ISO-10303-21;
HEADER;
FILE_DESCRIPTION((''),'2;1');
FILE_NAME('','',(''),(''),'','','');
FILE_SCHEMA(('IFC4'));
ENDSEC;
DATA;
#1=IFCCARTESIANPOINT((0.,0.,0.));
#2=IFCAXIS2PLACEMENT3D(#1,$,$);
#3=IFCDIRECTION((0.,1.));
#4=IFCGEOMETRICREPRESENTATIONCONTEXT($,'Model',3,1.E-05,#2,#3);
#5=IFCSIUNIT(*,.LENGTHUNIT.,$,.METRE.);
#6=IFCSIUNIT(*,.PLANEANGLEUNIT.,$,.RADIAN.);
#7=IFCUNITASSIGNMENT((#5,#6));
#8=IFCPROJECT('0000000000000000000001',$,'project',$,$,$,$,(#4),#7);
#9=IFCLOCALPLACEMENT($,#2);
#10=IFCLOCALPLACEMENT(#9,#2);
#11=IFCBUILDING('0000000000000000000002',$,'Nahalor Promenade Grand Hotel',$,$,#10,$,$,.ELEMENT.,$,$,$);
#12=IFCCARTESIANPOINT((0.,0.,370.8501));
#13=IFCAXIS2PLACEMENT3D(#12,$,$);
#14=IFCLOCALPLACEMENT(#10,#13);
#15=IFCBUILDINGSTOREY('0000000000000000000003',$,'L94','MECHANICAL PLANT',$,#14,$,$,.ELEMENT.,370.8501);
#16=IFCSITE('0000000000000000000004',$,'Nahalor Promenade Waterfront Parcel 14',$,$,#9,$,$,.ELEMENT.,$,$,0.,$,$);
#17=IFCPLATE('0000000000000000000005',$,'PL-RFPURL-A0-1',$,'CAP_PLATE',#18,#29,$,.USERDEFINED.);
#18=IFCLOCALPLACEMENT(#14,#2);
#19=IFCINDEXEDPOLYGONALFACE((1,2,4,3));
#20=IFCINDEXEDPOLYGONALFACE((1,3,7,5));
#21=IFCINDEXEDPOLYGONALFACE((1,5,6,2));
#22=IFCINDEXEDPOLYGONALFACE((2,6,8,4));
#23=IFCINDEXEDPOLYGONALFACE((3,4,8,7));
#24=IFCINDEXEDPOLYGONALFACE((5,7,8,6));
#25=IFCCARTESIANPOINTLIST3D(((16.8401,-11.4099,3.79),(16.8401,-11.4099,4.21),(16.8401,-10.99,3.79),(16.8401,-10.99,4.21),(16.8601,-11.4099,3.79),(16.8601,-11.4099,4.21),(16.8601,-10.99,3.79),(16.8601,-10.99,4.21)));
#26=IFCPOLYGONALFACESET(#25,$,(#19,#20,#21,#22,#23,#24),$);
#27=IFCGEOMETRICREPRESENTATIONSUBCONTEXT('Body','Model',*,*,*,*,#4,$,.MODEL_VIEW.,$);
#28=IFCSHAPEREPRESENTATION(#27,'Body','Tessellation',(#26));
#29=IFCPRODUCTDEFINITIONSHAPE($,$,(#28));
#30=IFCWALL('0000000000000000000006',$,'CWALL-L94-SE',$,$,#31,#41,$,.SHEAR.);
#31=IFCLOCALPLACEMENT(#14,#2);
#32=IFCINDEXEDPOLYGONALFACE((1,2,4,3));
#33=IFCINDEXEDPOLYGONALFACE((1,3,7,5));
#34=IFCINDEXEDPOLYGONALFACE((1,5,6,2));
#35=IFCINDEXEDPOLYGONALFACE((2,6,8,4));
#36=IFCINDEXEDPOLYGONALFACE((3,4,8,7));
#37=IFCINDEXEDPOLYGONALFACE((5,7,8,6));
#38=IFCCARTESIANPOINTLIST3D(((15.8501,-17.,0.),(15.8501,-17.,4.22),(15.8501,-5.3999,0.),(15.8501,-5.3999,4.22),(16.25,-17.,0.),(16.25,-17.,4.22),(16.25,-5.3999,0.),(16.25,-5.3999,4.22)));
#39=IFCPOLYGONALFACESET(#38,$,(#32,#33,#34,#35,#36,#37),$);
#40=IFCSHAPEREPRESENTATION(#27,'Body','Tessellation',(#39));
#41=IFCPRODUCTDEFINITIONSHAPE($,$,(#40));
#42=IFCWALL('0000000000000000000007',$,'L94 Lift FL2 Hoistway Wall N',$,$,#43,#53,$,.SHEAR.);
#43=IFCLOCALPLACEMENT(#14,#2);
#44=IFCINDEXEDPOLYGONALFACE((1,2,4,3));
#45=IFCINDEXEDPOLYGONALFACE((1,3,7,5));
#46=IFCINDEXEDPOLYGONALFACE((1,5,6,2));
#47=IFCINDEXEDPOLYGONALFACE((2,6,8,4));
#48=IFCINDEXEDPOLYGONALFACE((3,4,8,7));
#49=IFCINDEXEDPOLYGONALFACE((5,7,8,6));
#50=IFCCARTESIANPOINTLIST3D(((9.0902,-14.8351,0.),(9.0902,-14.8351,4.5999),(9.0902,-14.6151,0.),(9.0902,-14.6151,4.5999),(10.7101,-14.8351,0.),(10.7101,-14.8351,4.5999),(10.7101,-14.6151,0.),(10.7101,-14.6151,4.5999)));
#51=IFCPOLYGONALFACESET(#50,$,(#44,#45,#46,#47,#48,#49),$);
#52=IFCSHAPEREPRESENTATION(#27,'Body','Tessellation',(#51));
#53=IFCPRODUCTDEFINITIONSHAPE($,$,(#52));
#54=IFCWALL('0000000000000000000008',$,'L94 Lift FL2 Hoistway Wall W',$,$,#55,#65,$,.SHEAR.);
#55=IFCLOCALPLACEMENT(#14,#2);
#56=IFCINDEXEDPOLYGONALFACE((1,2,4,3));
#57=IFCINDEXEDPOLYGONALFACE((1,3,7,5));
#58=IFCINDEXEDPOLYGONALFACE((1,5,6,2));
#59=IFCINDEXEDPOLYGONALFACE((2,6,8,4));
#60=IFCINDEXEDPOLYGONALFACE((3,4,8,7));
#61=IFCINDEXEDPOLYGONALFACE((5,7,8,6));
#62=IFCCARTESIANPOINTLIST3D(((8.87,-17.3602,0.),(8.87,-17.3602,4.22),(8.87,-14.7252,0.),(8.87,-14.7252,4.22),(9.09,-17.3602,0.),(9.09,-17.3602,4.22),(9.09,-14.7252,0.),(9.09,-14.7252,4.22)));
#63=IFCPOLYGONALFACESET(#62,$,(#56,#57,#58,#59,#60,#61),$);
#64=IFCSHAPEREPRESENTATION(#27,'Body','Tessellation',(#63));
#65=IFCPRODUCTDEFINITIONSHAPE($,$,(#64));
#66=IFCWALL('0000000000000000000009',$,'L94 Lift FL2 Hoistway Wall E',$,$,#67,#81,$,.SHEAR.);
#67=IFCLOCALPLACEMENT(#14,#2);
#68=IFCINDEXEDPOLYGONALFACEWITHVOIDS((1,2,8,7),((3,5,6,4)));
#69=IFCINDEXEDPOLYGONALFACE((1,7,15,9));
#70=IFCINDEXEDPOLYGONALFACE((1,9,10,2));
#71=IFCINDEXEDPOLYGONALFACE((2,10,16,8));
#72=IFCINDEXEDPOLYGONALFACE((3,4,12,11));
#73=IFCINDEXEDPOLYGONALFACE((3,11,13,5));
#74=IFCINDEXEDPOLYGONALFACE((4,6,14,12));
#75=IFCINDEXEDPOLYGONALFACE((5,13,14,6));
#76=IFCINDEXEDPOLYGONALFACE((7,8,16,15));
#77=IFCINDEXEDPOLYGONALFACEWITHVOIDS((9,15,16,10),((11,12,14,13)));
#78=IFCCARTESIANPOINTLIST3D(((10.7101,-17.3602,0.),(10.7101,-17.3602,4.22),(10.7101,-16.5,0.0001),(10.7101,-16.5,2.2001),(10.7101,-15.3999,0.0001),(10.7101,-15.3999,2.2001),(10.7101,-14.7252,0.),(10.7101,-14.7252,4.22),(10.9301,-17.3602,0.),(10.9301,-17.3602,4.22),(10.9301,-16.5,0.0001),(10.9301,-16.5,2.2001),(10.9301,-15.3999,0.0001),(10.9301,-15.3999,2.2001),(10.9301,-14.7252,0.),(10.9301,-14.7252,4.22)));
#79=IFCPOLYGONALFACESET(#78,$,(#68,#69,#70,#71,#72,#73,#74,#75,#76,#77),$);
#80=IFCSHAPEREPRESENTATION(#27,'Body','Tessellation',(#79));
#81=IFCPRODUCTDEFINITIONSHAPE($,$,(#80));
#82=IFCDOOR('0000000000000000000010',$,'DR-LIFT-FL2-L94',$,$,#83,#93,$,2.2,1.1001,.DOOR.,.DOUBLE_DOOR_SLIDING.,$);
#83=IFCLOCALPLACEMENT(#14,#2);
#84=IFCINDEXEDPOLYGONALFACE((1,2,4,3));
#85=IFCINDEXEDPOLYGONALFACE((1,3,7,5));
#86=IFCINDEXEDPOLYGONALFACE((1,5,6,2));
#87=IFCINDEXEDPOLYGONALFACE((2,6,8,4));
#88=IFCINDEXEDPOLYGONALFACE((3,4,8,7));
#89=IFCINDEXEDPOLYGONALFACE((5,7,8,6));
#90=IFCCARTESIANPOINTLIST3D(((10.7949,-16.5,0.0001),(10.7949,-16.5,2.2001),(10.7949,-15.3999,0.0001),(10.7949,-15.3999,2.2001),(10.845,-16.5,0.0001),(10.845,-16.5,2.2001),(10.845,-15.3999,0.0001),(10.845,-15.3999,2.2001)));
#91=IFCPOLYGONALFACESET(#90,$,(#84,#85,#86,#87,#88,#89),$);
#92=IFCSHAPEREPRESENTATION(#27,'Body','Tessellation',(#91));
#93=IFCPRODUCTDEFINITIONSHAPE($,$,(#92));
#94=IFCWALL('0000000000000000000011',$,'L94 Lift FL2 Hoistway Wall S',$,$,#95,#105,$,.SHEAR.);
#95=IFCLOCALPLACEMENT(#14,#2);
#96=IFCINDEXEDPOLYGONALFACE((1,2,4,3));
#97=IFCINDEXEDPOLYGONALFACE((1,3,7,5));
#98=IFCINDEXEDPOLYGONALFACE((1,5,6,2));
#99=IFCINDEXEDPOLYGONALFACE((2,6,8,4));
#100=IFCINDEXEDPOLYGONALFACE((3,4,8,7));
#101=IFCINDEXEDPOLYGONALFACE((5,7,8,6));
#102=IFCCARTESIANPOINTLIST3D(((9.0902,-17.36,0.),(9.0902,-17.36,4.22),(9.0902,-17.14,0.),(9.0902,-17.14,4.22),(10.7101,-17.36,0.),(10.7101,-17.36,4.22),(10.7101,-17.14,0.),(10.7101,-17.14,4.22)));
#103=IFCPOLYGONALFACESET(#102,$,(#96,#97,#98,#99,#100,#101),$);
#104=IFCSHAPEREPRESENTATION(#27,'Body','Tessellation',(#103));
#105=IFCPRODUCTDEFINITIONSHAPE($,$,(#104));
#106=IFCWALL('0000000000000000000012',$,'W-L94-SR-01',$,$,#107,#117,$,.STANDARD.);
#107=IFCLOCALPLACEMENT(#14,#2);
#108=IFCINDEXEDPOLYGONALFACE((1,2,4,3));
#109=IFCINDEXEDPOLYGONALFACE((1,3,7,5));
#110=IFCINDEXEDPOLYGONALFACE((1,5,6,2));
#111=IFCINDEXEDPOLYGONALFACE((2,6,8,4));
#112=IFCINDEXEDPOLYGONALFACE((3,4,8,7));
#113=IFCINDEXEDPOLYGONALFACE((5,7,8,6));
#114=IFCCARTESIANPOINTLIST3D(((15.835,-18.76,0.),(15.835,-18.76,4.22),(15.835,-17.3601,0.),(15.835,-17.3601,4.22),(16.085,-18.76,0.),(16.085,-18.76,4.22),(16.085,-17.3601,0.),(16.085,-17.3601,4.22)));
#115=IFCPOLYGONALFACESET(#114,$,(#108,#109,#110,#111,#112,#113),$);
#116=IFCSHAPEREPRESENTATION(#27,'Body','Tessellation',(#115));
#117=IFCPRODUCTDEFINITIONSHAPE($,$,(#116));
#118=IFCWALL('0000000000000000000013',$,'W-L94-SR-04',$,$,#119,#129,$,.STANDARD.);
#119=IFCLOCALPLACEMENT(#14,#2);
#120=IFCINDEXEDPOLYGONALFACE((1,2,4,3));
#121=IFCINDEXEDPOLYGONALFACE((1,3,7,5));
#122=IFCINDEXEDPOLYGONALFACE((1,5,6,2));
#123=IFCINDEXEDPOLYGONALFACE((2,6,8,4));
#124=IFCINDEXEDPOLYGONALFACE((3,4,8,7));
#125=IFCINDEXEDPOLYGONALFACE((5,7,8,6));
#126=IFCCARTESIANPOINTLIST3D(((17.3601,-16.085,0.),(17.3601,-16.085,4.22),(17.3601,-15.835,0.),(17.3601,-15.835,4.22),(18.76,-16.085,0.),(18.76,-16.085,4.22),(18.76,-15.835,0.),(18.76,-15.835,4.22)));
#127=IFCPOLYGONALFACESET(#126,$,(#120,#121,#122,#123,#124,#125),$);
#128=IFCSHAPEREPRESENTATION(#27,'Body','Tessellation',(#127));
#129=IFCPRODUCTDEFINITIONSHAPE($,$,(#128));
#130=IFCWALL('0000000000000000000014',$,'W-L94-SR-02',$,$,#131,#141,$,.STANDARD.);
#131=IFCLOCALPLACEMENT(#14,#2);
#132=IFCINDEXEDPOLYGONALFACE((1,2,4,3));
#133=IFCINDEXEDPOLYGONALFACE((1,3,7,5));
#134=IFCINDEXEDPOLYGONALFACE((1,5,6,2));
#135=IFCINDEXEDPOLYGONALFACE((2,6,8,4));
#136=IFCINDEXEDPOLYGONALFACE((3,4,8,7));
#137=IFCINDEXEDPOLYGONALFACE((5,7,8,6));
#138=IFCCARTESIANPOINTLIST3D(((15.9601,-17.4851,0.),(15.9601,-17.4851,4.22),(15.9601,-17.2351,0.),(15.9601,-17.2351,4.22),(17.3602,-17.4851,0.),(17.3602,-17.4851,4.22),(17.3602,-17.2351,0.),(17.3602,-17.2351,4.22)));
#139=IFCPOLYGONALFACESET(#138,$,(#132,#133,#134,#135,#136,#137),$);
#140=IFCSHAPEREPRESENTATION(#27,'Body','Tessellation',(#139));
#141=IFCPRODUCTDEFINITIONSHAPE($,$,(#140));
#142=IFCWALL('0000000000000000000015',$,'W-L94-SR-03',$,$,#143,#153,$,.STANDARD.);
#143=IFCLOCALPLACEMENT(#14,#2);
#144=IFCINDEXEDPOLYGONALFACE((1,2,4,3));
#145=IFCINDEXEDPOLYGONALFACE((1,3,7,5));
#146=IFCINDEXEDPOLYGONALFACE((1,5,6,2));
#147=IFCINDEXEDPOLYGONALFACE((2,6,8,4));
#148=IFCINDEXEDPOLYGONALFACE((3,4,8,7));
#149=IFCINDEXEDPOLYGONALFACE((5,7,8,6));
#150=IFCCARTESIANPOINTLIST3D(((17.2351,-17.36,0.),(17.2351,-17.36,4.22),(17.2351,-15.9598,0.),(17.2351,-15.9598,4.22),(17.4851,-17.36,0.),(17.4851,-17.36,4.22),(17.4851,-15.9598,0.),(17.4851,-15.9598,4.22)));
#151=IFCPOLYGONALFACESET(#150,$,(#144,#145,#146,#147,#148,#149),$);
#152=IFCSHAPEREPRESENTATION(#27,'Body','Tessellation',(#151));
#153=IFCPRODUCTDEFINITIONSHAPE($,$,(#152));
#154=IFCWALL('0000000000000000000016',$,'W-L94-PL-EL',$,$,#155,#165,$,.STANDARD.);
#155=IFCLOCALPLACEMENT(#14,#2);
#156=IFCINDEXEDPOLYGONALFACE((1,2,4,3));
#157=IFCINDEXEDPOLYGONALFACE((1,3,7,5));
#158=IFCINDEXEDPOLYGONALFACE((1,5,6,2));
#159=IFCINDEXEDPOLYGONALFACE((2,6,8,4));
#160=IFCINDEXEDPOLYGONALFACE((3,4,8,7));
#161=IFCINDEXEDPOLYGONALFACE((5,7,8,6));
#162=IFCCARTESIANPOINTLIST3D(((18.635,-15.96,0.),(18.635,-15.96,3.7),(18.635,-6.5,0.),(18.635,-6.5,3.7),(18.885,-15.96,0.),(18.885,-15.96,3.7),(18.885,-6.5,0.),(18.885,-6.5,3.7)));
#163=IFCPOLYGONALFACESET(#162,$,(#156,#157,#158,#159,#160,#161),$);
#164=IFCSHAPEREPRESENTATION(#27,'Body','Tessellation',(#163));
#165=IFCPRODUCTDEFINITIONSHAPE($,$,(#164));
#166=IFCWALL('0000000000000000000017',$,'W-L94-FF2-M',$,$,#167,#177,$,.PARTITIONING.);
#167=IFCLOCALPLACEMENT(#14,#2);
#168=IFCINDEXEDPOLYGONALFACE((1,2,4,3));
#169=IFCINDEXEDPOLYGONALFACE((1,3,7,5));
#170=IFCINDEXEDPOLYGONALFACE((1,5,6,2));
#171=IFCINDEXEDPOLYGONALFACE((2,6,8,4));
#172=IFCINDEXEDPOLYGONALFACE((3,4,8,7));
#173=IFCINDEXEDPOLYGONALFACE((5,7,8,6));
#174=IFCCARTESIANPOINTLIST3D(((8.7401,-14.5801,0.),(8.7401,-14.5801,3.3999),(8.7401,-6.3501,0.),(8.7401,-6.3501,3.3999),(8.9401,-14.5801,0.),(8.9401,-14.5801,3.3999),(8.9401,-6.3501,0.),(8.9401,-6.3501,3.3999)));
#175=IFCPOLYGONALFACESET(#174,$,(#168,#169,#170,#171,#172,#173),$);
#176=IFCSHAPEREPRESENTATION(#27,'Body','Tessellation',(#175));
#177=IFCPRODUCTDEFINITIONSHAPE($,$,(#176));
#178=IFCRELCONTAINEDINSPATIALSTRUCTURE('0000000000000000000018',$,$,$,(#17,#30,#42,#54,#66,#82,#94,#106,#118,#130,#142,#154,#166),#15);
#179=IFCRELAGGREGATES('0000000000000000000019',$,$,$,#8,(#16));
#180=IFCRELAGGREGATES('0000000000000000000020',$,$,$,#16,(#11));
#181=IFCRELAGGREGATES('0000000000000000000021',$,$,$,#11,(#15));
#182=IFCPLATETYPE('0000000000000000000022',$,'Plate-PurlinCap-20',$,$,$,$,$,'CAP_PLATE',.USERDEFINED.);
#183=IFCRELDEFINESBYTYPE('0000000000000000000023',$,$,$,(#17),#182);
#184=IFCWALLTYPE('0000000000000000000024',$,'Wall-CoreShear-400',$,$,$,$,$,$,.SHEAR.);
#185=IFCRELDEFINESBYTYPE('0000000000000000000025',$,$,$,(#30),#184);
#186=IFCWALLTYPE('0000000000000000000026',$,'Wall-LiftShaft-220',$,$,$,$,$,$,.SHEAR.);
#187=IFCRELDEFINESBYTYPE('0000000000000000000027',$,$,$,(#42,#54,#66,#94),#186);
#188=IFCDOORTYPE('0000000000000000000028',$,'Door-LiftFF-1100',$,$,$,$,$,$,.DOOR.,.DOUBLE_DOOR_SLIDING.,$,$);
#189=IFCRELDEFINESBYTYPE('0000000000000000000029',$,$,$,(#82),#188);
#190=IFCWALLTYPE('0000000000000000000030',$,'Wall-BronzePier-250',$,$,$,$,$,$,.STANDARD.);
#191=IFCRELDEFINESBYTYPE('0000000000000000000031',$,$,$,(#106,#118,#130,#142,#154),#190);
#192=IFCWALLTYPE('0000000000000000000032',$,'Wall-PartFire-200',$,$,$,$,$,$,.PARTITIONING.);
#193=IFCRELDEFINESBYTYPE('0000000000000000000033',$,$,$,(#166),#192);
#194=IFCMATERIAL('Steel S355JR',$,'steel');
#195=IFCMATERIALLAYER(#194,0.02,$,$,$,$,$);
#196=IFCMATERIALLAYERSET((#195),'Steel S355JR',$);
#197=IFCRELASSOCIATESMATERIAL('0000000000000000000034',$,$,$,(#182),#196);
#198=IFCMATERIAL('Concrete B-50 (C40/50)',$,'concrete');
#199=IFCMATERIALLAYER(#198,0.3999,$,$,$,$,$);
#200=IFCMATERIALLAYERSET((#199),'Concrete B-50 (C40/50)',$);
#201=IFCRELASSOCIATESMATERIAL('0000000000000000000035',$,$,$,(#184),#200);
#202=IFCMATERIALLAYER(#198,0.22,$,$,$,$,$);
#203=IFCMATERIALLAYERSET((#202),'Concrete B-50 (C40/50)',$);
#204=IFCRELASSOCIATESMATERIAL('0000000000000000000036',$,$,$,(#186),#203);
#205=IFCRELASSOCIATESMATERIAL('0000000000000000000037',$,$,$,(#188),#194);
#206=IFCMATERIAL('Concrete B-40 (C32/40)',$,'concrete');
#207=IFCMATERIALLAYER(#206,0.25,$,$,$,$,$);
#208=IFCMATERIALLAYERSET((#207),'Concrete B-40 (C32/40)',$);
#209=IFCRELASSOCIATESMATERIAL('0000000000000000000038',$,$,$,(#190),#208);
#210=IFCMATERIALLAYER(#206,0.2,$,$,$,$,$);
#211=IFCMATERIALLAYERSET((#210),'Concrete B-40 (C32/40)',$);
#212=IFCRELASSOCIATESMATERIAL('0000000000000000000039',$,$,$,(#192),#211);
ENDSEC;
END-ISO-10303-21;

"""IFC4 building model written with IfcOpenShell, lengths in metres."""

from ifc_helpers import new_model, si_unit, direction, frame, frame_2d, origin, origin_2d, place, context, subcontext, project, spatial, rectangle, extrude, source, transform, mapped, material, layer, layer_set, type_object, element, fill, save


model = new_model("IFC4")

# Units and contexts
model_context = context("Model", 3, precision=1e-05, world=origin(), true_north=direction((0.0, 1.0)))
body_context = subcontext(model_context, "Body", "Model", "MODEL_VIEW")
ifc_project = project(units=[si_unit("LENGTHUNIT", "METRE"), si_unit("PLANEANGLEUNIT", "RADIAN")], contexts=[model_context])

# Site, building, storey
site_placement = place(None, origin())
site = spatial("IfcSite", under=ifc_project, at=site_placement, Name="Nahalor Promenade Waterfront Parcel 14", CompositionType="ELEMENT", RefElevation=0.0)
building_placement = place(site_placement, origin())
building = spatial("IfcBuilding", under=site, at=building_placement, Name="Nahalor Promenade Grand Hotel", CompositionType="ELEMENT")
storey_placement = place(building_placement, frame((0.0, 0.0, 370.8501)))
storey = spatial("IfcBuildingStorey", under=building, at=storey_placement, Name="L94", Description="MECHANICAL PLANT", CompositionType="ELEMENT", Elevation=370.8501)

# Shared definitions
ifc_material_1 = material(Name="Concrete B-50 (C40/50)", Category="concrete")

# Shared definitions
ifc_material_2 = material(Name="Steel S355JR", Category="steel")

# Plate
ifc_layer_1 = layer(ifc_material_2, 0.02)
ifc_layer_set_1 = layer_set([ifc_layer_1], Name="Steel S355JR")
plate_type = type_object("IfcPlateType", Name="Plate-PurlinCap-20", ElementType="CAP_PLATE", PredefinedType="USERDEFINED", material=ifc_layer_set_1)
shared_shape_1 = source(origin(), body_context, "Body", "SweptSolid", [
    extrude(rectangle(XDim=0.4199, YDim=0.02, at=origin_2d()), origin(), (0.0, 0.0, 1.0), 0.4199),
])
plate_placement = place(storey_placement, frame((16.8501, -11.2, 3.79), z_axis=(0.0, 0.0, 1.0), x_axis=(0.0, 1.0, 0.0)))
element("IfcPlate", 1, at=plate_placement, inside=storey, type_object=plate_type, Name="PL-RFPURL-A0-1", ObjectType="CAP_PLATE", PredefinedType="USERDEFINED", context=body_context, shape_type="MappedRepresentation", body=[
    mapped(shared_shape_1, transform((0.0, 0.0, 0.0), scale=1.0)),
])

# Walls
ifc_layer_2 = layer(ifc_material_1, 0.3999)
ifc_layer_set_2 = layer_set([ifc_layer_2], Name="Concrete B-50 (C40/50)")
wall_type_1 = type_object("IfcWallType", Name="Wall-CoreShear-400", PredefinedType="SHEAR", material=ifc_layer_set_2)
shared_shape_2 = source(origin(), body_context, "Body", "SweptSolid", [
    extrude(rectangle(XDim=11.6001, YDim=0.3999, at=frame_2d((5.8, 0.0))), origin(), (0.0, 0.0, 1.0), 4.22),
])
wall_1_placement = place(storey_placement, frame((16.05, -17.0, 0.0), z_axis=(0.0, 0.0, 1.0), x_axis=(0.0, 1.0, 0.0)))
element("IfcWall", 2, at=wall_1_placement, inside=storey, type_object=wall_type_1, Name="CWALL-L94-SE", PredefinedType="SHEAR", context=body_context, shape_type="MappedRepresentation", body=[
    mapped(shared_shape_2, transform((0.0, 0.0, 0.0), scale=1.0)),
])
ifc_layer_3 = layer(ifc_material_1, 0.22)
ifc_layer_set_3 = layer_set([ifc_layer_3], Name="Concrete B-50 (C40/50)")
wall_type_2 = type_object("IfcWallType", Name="Wall-LiftShaft-220", PredefinedType="SHEAR", material=ifc_layer_set_3)
shared_shape_3 = source(origin(), body_context, "Body", "SweptSolid", [
    extrude(rectangle(XDim=1.6199, YDim=0.22, at=frame_2d((0.8101, 0.0))), origin(), (0.0, 0.0, 1.0), 4.5999),
])
wall_2_placement = place(storey_placement, frame((9.0901, -14.7251, 0.0), z_axis=(0.0, 0.0, 1.0), x_axis=(1.0, 0.0, 0.0)))
element("IfcWall", 3, at=wall_2_placement, inside=storey, type_object=wall_type_2, Name="L94 Lift FL2 Hoistway Wall N", PredefinedType="SHEAR", context=body_context, shape_type="MappedRepresentation", body=[
    mapped(shared_shape_3, transform((0.0, 0.0, 0.0), scale=1.0)),
])
shared_shape_4 = source(origin(), body_context, "Body", "SweptSolid", [
    extrude(rectangle(XDim=2.635, YDim=0.22, at=frame_2d((1.3174, 0.0))), origin(), (0.0, 0.0, 1.0), 4.22),
])
wall_3_placement = place(storey_placement, frame((8.98, -17.3601, 0.0), z_axis=(0.0, 0.0, 1.0), x_axis=(0.0, 1.0, 0.0)))
element("IfcWall", 4, at=wall_3_placement, inside=storey, type_object=wall_type_2, Name="L94 Lift FL2 Hoistway Wall W", PredefinedType="SHEAR", context=body_context, shape_type="MappedRepresentation", body=[
    mapped(shared_shape_4, transform((0.0, 0.0, 0.0), scale=1.0)),
])

# Wall, opening, door
wall_4_placement = place(storey_placement, frame((10.8201, -17.3601, 0.0), z_axis=(0.0, 0.0, 1.0), x_axis=(0.0, 1.0, 0.0)))
wall_4 = element("IfcWall", 5, at=wall_4_placement, inside=storey, type_object=wall_type_2, Name="L94 Lift FL2 Hoistway Wall E", PredefinedType="SHEAR", context=body_context, shape_type="MappedRepresentation", body=[
    mapped(shared_shape_4, transform((0.0, 0.0, 0.0), scale=1.0)),
])
opening_1_placement = place(wall_4_placement, frame((0.8601, 0.0, 0.0)))
opening_1 = element("IfcOpeningElement", 6, at=opening_1_placement, cuts=wall_4, PredefinedType="OPENING", context=body_context, shape_type="SweptSolid", body=[
    extrude(rectangle(XDim=1.1001, YDim=2.2, at=frame_2d((0.55, 1.1001))), frame((0.0, 0.1199, 0.0), z_axis=(0.0, -1.0, 0.0), x_axis=(1.0, 0.0, 0.0)), (0.0, 0.0, 1.0), 0.24),
])
door_type_1 = type_object("IfcDoorType", Name="Door-LiftFF-1100", OperationType="DOUBLE_DOOR_SLIDING", PredefinedType="DOOR", material=ifc_material_2)
shared_shape_5 = source(origin(), body_context, "Body", "SweptSolid", [
    extrude(rectangle(XDim=1.1001, YDim=2.2, at=frame_2d((0.55, 1.1001))), frame((0.0, 0.0249, 0.0), z_axis=(0.0, -1.0, 0.0), x_axis=(1.0, 0.0, 0.0)), (0.0, 0.0, 1.0), 0.05),
])
door_1_placement = place(opening_1_placement, frame((1.1001, 0.0, 0.0), z_axis=(0.0, 0.0, 1.0), x_axis=(-1.0, 0.0, 0.0)))
door_1 = element("IfcDoor", 7, at=door_1_placement, inside=storey, type_object=door_type_1, Name="DR-LIFT-FL2-L94", OperationType="DOUBLE_DOOR_SLIDING", OverallHeight=2.2, OverallWidth=1.1001, PredefinedType="DOOR", context=body_context, shape_type="MappedRepresentation", body=[
    mapped(shared_shape_5, transform((0.0, 0.0, 0.0), scale=1.0)),
])
fill(opening_1, door_1)

# Walls
shared_shape_6 = source(origin(), body_context, "Body", "SweptSolid", [
    extrude(rectangle(XDim=1.6199, YDim=0.22, at=frame_2d((0.8101, 0.0))), origin(), (0.0, 0.0, 1.0), 4.22),
])
wall_5_placement = place(storey_placement, frame((9.0901, -17.25, 0.0), z_axis=(0.0, 0.0, 1.0), x_axis=(1.0, 0.0, 0.0)))
element("IfcWall", 8, at=wall_5_placement, inside=storey, type_object=wall_type_2, Name="L94 Lift FL2 Hoistway Wall S", PredefinedType="SHEAR", context=body_context, shape_type="MappedRepresentation", body=[
    mapped(shared_shape_6, transform((0.0, 0.0, 0.0), scale=1.0)),
])
ifc_material_3 = material(Name="Concrete B-40 (C32/40)", Category="concrete")
ifc_layer_4 = layer(ifc_material_3, 0.25)
ifc_layer_set_4 = layer_set([ifc_layer_4], Name="Concrete B-40 (C32/40)")
wall_type_3 = type_object("IfcWallType", Name="Wall-BronzePier-250", PredefinedType="STANDARD", material=ifc_layer_set_4)
shared_shape_7 = source(origin(), body_context, "Body", "SweptSolid", [
    extrude(rectangle(XDim=1.3999, YDim=0.25, at=frame_2d((0.7, 0.0))), origin(), (0.0, 0.0, 1.0), 4.22),
])
for number, where, z_axis, x_axis, name in (
    (9, (15.96, -18.76, 0.0), (0.0, 0.0, 1.0), (0.0, 1.0, 0.0), "W-L94-SR-01"),
    (10, (17.3601, -15.96, 0.0), (0.0, 0.0, 1.0), (1.0, 0.0, 0.0), "W-L94-SR-04"),
):
    element("IfcWall", number, at=place(storey_placement, frame(where, z_axis=z_axis, x_axis=x_axis)), inside=storey, type_object=wall_type_3, Name=name, PredefinedType="STANDARD", context=body_context, shape_type="MappedRepresentation", body=[
        mapped(shared_shape_7, transform((0.0, 0.0, 0.0), scale=1.0)),
    ])
shared_shape_8 = source(origin(), body_context, "Body", "SweptSolid", [
    extrude(rectangle(XDim=1.4001, YDim=0.25, at=frame_2d((0.7002, 0.0))), origin(), (0.0, 0.0, 1.0), 4.22),
])
for number, where, z_axis, x_axis, name in (
    (11, (15.96, -17.3601, 0.0), (0.0, 0.0, 1.0), (1.0, 0.0, 0.0), "W-L94-SR-02"),
    (12, (17.3601, -17.3601, 0.0), (0.0, 0.0, 1.0), (0.0, 1.0, 0.0), "W-L94-SR-03"),
):
    element("IfcWall", number, at=place(storey_placement, frame(where, z_axis=z_axis, x_axis=x_axis)), inside=storey, type_object=wall_type_3, Name=name, PredefinedType="STANDARD", context=body_context, shape_type="MappedRepresentation", body=[
        mapped(shared_shape_8, transform((0.0, 0.0, 0.0), scale=1.0)),
    ])
shared_shape_9 = source(origin(), body_context, "Body", "SweptSolid", [
    extrude(rectangle(XDim=9.46, YDim=0.25, at=frame_2d((4.73, 0.0))), origin(), (0.0, 0.0, 1.0), 3.7),
])
wall_6_placement = place(storey_placement, frame((18.76, -15.96, 0.0), z_axis=(0.0, 0.0, 1.0), x_axis=(0.0, 1.0, 0.0)))
element("IfcWall", 13, at=wall_6_placement, inside=storey, type_object=wall_type_3, Name="W-L94-PL-EL", PredefinedType="STANDARD", context=body_context, shape_type="MappedRepresentation", body=[
    mapped(shared_shape_9, transform((0.0, 0.0, 0.0), scale=1.0)),
])
ifc_layer_5 = layer(ifc_material_3, 0.2)
ifc_layer_set_5 = layer_set([ifc_layer_5], Name="Concrete B-40 (C32/40)")
wall_type_4 = type_object("IfcWallType", Name="Wall-PartFire-200", PredefinedType="PARTITIONING", material=ifc_layer_set_5)
shared_shape_10 = source(origin(), body_context, "Body", "SweptSolid", [
    extrude(rectangle(XDim=8.23, YDim=0.2, at=frame_2d((4.115, 0.0))), origin(), (0.0, 0.0, 1.0), 3.3999),
])
wall_7_placement = place(storey_placement, frame((8.8401, -14.5801, 0.0), z_axis=(0.0, 0.0, 1.0), x_axis=(0.0, 1.0, 0.0)))
element("IfcWall", 14, at=wall_7_placement, inside=storey, type_object=wall_type_4, Name="W-L94-FF2-M", PredefinedType="PARTITIONING", context=body_context, shape_type="MappedRepresentation", body=[
    mapped(shared_shape_10, transform((0.0, 0.0, 0.0), scale=1.0)),
])

save(model, "model.ifc")
